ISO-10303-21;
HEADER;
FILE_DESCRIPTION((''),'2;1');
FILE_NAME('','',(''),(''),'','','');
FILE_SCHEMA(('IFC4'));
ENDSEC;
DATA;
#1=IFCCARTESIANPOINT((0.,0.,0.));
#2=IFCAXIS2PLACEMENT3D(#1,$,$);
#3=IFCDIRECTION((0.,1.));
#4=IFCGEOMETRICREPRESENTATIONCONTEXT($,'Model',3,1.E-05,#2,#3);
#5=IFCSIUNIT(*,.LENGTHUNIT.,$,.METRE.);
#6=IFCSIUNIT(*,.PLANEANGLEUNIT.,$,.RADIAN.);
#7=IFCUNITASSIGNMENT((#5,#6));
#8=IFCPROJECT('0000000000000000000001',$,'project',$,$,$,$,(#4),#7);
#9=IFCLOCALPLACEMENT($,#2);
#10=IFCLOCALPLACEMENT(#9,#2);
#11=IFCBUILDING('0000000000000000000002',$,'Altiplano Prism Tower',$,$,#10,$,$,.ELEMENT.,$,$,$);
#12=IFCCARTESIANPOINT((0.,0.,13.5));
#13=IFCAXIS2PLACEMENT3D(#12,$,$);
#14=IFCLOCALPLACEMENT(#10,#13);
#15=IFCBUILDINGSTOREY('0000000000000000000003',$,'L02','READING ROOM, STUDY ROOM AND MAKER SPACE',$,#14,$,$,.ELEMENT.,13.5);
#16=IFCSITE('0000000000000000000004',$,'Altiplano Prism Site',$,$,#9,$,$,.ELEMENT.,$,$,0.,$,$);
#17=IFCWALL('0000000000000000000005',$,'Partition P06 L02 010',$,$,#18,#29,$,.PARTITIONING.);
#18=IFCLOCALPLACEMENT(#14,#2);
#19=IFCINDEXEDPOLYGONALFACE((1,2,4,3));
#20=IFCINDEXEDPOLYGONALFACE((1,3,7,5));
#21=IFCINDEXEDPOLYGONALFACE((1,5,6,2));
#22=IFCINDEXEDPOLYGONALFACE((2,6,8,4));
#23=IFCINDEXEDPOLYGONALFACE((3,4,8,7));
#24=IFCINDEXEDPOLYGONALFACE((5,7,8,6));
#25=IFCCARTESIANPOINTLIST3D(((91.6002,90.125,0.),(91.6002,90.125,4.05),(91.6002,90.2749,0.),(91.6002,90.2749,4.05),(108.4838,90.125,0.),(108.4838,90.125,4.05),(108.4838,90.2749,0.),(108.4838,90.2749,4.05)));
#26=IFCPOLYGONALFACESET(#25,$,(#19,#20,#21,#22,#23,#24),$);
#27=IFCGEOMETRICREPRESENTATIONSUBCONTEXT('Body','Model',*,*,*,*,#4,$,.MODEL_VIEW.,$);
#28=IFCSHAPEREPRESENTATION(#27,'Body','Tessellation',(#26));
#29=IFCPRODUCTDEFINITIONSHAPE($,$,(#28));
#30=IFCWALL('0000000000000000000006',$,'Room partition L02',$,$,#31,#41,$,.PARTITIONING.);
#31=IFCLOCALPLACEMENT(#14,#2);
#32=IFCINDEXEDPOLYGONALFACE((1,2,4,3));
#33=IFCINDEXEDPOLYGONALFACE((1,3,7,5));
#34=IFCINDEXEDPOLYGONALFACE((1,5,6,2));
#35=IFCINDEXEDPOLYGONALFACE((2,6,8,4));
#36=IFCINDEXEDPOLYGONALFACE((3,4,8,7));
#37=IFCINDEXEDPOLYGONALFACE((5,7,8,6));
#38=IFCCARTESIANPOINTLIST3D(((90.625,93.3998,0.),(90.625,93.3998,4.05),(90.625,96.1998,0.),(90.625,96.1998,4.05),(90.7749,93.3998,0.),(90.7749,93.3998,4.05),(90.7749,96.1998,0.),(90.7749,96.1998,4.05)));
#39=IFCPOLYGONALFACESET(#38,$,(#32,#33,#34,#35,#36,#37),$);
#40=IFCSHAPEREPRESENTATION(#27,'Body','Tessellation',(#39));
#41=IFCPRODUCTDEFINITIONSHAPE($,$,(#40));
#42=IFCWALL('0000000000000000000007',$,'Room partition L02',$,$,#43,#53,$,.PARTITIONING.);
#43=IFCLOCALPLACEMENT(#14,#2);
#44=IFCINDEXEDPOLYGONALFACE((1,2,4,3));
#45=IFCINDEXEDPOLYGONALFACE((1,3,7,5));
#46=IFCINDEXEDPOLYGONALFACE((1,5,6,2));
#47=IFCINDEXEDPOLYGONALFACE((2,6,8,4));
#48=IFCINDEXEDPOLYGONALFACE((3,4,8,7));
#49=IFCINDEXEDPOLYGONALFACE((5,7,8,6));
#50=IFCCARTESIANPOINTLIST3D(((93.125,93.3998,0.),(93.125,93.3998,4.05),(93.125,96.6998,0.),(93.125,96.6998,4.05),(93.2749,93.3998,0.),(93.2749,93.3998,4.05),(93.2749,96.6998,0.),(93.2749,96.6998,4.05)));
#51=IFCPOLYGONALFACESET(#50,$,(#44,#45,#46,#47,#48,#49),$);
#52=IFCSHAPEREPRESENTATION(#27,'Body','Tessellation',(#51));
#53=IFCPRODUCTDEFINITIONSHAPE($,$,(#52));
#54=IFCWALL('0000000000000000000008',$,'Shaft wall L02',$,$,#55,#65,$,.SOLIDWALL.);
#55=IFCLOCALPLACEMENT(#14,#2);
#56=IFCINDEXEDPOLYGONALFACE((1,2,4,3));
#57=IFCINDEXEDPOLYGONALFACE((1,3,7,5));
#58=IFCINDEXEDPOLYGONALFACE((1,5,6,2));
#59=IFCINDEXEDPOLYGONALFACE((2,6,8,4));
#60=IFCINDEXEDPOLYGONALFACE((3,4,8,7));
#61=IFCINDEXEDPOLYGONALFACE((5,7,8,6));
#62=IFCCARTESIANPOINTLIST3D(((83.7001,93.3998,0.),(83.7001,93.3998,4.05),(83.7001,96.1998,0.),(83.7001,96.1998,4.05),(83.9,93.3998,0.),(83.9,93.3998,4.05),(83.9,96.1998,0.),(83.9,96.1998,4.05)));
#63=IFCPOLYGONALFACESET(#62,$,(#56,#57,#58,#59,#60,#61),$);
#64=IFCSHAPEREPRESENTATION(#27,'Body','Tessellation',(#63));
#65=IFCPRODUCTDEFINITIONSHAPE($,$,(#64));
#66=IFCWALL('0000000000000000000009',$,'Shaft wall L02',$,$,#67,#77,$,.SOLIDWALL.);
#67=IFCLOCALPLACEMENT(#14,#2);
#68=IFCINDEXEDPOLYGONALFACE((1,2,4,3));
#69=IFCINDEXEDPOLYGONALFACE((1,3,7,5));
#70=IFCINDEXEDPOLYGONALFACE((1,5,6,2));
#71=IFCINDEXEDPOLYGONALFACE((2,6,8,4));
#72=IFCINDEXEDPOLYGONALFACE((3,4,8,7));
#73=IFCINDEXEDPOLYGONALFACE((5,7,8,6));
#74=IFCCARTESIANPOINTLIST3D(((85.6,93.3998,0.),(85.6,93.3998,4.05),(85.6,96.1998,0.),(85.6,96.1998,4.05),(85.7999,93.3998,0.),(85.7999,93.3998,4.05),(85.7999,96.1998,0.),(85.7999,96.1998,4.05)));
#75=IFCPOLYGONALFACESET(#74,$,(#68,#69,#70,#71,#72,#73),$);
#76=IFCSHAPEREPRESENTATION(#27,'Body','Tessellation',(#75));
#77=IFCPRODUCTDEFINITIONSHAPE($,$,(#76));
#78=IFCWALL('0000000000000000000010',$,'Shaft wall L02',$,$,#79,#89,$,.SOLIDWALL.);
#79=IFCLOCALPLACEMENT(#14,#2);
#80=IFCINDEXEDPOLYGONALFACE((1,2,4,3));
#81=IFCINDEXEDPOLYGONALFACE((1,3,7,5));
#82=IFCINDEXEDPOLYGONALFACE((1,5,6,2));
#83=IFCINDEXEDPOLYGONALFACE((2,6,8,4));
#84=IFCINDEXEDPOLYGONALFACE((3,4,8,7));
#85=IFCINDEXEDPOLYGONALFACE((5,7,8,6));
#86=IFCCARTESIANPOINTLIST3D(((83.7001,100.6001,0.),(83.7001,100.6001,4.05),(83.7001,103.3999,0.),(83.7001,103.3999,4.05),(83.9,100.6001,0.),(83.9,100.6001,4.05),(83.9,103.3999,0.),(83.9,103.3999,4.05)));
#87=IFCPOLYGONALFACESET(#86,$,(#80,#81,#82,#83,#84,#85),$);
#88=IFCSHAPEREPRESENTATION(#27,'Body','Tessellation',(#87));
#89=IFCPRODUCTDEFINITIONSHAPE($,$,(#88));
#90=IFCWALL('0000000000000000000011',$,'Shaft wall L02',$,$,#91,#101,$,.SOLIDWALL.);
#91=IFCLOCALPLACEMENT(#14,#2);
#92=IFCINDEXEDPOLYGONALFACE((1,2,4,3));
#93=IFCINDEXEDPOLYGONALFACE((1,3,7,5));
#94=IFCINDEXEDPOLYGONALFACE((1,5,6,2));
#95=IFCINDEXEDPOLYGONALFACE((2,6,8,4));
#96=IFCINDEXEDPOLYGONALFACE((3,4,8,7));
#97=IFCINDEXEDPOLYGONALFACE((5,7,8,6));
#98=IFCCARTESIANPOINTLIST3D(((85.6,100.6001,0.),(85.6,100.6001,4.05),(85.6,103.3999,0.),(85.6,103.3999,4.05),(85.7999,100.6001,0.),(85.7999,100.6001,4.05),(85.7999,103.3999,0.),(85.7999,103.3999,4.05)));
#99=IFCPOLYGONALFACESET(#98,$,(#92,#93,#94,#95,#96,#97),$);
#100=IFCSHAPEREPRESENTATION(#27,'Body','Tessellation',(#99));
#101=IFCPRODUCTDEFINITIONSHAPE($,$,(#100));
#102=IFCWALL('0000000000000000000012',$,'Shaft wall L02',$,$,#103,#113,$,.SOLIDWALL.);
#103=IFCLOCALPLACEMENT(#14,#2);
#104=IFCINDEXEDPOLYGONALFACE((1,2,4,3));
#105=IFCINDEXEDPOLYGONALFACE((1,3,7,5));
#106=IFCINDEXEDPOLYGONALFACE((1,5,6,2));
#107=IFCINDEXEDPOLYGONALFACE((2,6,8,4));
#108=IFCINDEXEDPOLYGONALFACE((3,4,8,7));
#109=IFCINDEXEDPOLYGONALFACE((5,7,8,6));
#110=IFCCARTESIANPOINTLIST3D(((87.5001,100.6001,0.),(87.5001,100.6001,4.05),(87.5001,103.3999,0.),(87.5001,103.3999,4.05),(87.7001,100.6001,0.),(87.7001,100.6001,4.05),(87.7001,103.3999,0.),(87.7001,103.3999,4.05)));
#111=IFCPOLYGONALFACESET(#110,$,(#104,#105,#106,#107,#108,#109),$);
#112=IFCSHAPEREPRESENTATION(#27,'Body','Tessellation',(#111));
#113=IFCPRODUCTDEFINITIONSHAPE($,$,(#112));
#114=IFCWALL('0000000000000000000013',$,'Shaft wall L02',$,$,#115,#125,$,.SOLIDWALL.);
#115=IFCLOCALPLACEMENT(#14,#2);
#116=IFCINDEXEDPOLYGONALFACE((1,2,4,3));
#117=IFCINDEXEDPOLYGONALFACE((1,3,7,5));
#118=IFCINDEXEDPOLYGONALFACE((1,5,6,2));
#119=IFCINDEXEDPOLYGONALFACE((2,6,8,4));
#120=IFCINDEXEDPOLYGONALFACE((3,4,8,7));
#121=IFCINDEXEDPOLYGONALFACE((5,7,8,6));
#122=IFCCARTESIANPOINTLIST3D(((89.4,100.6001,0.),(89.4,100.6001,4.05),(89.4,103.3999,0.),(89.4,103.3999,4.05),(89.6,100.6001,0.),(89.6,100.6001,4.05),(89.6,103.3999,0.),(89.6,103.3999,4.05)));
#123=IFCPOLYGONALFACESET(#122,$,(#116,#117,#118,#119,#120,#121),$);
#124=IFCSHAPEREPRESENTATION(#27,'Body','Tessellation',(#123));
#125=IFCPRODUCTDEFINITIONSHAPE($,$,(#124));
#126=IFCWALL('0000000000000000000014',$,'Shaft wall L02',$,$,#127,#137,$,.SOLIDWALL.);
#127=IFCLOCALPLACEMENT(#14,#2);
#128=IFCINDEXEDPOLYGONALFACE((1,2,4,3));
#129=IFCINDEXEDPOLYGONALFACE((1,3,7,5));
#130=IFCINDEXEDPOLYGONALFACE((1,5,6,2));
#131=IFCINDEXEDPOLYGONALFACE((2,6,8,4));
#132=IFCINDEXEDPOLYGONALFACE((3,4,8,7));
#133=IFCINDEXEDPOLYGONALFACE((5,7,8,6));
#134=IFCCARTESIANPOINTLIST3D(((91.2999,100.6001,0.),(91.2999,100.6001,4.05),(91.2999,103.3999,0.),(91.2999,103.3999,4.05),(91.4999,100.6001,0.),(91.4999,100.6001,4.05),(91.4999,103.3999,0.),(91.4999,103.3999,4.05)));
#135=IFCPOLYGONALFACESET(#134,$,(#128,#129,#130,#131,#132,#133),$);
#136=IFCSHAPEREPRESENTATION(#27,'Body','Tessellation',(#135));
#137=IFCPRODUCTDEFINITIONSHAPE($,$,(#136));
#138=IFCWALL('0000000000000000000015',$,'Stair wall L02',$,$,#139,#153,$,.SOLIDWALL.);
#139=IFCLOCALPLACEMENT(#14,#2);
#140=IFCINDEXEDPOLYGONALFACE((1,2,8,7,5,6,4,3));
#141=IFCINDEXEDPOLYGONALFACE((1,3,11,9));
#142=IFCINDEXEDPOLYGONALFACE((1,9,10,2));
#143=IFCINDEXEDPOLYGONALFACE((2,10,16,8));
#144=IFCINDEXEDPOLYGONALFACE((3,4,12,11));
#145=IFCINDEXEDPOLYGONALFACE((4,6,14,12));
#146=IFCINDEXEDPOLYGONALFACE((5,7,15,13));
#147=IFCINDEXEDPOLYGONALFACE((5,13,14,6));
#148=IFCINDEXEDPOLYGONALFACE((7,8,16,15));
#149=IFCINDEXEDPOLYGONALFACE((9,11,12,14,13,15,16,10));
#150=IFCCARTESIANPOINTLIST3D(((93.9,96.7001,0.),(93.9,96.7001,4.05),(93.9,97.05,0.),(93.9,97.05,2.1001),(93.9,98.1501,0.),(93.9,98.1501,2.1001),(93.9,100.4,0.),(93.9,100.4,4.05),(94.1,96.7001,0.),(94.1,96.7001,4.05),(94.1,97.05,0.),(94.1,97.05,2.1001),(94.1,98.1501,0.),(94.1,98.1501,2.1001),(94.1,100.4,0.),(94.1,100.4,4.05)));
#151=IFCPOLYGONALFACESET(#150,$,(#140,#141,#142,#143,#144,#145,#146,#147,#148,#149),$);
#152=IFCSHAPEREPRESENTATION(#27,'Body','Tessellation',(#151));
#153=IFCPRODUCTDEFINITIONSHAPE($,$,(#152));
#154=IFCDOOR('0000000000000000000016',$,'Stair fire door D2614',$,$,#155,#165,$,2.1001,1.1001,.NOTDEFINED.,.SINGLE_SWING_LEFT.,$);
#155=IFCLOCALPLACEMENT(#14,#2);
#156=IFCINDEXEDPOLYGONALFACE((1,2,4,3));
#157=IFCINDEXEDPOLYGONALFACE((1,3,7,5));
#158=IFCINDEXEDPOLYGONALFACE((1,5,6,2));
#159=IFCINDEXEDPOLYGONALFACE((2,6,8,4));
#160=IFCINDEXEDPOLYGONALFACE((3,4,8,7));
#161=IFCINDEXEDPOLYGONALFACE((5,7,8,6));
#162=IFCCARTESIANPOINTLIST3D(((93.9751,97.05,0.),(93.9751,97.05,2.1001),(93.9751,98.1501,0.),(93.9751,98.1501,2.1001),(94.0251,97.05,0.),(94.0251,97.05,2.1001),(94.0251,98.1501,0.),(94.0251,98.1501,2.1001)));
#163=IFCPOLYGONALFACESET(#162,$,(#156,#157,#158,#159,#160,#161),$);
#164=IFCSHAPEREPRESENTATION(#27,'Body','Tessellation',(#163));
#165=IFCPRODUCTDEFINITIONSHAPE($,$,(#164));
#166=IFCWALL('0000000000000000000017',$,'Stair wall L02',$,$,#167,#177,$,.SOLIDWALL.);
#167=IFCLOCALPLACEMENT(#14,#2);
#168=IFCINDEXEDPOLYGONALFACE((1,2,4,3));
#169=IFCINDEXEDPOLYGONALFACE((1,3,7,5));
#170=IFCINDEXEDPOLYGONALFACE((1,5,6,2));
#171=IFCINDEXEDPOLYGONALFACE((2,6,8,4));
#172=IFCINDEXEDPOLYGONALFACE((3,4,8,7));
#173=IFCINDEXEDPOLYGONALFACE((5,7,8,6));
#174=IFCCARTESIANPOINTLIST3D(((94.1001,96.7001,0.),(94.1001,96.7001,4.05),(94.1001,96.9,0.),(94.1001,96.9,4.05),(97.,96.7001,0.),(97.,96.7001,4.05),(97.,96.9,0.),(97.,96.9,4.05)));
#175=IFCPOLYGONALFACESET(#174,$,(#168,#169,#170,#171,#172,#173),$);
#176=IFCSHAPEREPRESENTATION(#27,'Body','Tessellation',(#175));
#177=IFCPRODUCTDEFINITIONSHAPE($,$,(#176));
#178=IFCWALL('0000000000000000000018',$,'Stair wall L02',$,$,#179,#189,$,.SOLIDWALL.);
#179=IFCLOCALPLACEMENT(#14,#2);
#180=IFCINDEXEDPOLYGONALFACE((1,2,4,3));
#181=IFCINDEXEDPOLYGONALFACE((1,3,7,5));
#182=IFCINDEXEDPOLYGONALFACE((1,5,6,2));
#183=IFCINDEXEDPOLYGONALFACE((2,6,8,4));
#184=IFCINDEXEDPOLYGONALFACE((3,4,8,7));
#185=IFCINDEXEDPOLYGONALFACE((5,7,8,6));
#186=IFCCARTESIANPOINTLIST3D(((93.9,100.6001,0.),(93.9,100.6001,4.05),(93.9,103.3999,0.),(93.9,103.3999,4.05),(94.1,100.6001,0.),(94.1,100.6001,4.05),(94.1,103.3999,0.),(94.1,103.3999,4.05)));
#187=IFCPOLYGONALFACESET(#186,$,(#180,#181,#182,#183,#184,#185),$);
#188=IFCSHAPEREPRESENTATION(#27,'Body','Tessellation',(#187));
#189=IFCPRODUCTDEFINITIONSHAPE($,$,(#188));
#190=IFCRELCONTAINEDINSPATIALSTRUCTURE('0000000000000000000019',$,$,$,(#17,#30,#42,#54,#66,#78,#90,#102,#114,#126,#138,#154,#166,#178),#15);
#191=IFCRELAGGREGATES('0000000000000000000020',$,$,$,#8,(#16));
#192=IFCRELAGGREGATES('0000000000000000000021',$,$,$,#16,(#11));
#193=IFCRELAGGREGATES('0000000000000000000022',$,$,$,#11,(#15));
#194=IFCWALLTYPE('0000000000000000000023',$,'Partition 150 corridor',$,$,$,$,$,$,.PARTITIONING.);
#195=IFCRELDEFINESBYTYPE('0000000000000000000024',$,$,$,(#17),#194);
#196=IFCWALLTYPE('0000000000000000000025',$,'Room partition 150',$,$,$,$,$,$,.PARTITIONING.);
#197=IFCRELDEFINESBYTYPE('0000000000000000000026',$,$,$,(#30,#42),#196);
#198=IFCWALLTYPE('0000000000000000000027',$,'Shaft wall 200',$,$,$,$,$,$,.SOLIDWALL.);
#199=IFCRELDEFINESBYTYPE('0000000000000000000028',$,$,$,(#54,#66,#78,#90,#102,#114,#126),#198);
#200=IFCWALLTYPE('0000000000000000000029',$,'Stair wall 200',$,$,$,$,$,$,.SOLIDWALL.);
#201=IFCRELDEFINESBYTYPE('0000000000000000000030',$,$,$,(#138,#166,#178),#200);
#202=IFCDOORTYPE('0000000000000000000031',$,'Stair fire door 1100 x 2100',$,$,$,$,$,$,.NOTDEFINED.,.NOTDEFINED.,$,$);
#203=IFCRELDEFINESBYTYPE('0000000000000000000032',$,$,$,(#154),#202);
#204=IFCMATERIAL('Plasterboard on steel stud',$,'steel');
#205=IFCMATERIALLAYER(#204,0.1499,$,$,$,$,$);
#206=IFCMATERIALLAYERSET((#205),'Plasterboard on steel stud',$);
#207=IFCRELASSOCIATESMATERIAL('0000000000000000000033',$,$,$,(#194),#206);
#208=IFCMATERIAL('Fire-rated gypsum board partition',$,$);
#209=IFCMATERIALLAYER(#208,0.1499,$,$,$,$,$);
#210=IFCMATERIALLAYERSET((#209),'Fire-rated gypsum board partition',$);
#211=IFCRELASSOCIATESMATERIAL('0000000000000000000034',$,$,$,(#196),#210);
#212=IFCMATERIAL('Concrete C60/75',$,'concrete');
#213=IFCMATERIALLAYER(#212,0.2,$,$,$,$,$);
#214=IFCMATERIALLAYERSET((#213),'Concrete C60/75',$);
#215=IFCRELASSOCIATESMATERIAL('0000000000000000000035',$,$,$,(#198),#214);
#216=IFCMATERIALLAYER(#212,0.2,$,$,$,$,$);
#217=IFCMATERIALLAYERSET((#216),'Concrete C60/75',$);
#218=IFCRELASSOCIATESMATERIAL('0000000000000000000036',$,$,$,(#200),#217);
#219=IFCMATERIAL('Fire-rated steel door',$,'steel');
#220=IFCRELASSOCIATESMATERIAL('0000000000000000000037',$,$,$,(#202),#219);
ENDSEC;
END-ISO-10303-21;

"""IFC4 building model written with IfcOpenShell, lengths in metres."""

from ifc_helpers import new_model, si_unit, direction, frame, frame_2d, origin, place, context, subcontext, project, spatial, rectangle, extrude, material, layer, layer_set, type_object, element, fill, save


model = new_model("IFC4")

# Units and contexts
model_context = context("Model", 3, precision=1e-05, world=origin(), true_north=direction((0.0, 1.0)))
body_context = subcontext(model_context, "Body", "Model", "MODEL_VIEW")
ifc_project = project(units=[si_unit("LENGTHUNIT", "METRE"), si_unit("PLANEANGLEUNIT", "RADIAN")], contexts=[model_context])

# Site, building, storey
site_placement = place(None, origin())
site = spatial("IfcSite", under=ifc_project, at=site_placement, Name="Altiplano Prism Site", CompositionType="ELEMENT", RefElevation=0.0)
building_placement = place(site_placement, origin())
building = spatial("IfcBuilding", under=site, at=building_placement, Name="Altiplano Prism Tower", CompositionType="ELEMENT")
storey_placement = place(building_placement, frame((0.0, 0.0, 13.5)))
storey = spatial("IfcBuildingStorey", under=building, at=storey_placement, Name="L02", Description="READING ROOM, STUDY ROOM AND MAKER SPACE", CompositionType="ELEMENT", Elevation=13.5)

# Walls
ifc_material_1 = material(Name="Plasterboard on steel stud", Category="steel")
ifc_layer_1 = layer(ifc_material_1, 0.1499)
ifc_layer_set_1 = layer_set([ifc_layer_1], Name="Plasterboard on steel stud")
wall_type_1 = type_object("IfcWallType", Name="Partition 150 corridor", PredefinedType="PARTITIONING", material=ifc_layer_set_1)
wall_1_placement = place(storey_placement, frame((91.6001, 90.2, 0.0), z_axis=(0.0, 0.0, 1.0), x_axis=(1.0, 0.0, 0.0)))
element("IfcWall", 1, at=wall_1_placement, inside=storey, type_object=wall_type_1, Name="Partition P06 L02 010", PredefinedType="PARTITIONING", context=body_context, shape_type="SweptSolid", body=[
    extrude(rectangle(XDim=16.8835, YDim=0.1499, at=frame_2d((8.4419, 0.0))), origin(), (0.0, 0.0, 1.0), 4.05),
])
ifc_material_2 = material(Name="Fire-rated gypsum board partition")
ifc_layer_2 = layer(ifc_material_2, 0.1499)
ifc_layer_set_2 = layer_set([ifc_layer_2], Name="Fire-rated gypsum board partition")
wall_type_2 = type_object("IfcWallType", Name="Room partition 150", PredefinedType="PARTITIONING", material=ifc_layer_set_2)
wall_2_placement = place(storey_placement, frame((90.7, 93.3999, 0.0), z_axis=(0.0, 0.0, 1.0), x_axis=(0.0, 1.0, 0.0)))
element("IfcWall", 2, at=wall_2_placement, inside=storey, type_object=wall_type_2, Name="Room partition L02", PredefinedType="PARTITIONING", context=body_context, shape_type="SweptSolid", body=[
    extrude(rectangle(XDim=2.8, YDim=0.1499, at=frame_2d((1.3999, 0.0))), origin(), (0.0, 0.0, 1.0), 4.05),
])
wall_3_placement = place(storey_placement, frame((93.2, 93.3999, 0.0), z_axis=(0.0, 0.0, 1.0), x_axis=(0.0, 1.0, 0.0)))
element("IfcWall", 3, at=wall_3_placement, inside=storey, type_object=wall_type_2, Name="Room partition L02", PredefinedType="PARTITIONING", context=body_context, shape_type="SweptSolid", body=[
    extrude(rectangle(XDim=3.3, YDim=0.1499, at=frame_2d((1.6499, 0.0))), origin(), (0.0, 0.0, 1.0), 4.05),
])
ifc_material_3 = material(Name="Concrete C60/75", Category="concrete")
ifc_layer_3 = layer(ifc_material_3, 0.2)
ifc_layer_set_3 = layer_set([ifc_layer_3], Name="Concrete C60/75")
wall_type_3 = type_object("IfcWallType", Name="Shaft wall 200", PredefinedType="SOLIDWALL", material=ifc_layer_set_3)
for number, where, z_axis, x_axis, name in (
    (4, (83.8, 93.3999, 0.0), (0.0, 0.0, 1.0), (0.0, 1.0, 0.0), "Shaft wall L02"),
    (5, (85.7, 93.3999, 0.0), (0.0, 0.0, 1.0), (0.0, 1.0, 0.0), "Shaft wall L02"),
):
    element("IfcWall", number, at=place(storey_placement, frame(where, z_axis=z_axis, x_axis=x_axis)), inside=storey, type_object=wall_type_3, Name=name, PredefinedType="SOLIDWALL", context=body_context, shape_type="SweptSolid", body=[
        extrude(rectangle(XDim=2.8, YDim=0.2, at=frame_2d((1.3999, 0.0))), origin(), (0.0, 0.0, 1.0), 4.05),
    ])
for number, where, z_axis, x_axis, name in (
    (6, (83.8, 100.6001, 0.0), (0.0, 0.0, 1.0), (0.0, 1.0, 0.0), "Shaft wall L02"),
    (7, (85.7, 100.6001, 0.0), (0.0, 0.0, 1.0), (0.0, 1.0, 0.0), "Shaft wall L02"),
    (8, (87.6001, 100.6001, 0.0), (0.0, 0.0, 1.0), (0.0, 1.0, 0.0), "Shaft wall L02"),
    (9, (89.5, 100.6001, 0.0), (0.0, 0.0, 1.0), (0.0, 1.0, 0.0), "Shaft wall L02"),
    (10, (91.3999, 100.6001, 0.0), (0.0, 0.0, 1.0), (0.0, 1.0, 0.0), "Shaft wall L02"),
):
    element("IfcWall", number, at=place(storey_placement, frame(where, z_axis=z_axis, x_axis=x_axis)), inside=storey, type_object=wall_type_3, Name=name, PredefinedType="SOLIDWALL", context=body_context, shape_type="SweptSolid", body=[
        extrude(rectangle(XDim=2.7998, YDim=0.2, at=frame_2d((1.3999, 0.0))), origin(), (0.0, 0.0, 1.0), 4.05),
    ])

# Wall, opening, door
ifc_layer_4 = layer(ifc_material_3, 0.2)
ifc_layer_set_4 = layer_set([ifc_layer_4], Name="Concrete C60/75")
wall_type_4 = type_object("IfcWallType", Name="Stair wall 200", PredefinedType="SOLIDWALL", material=ifc_layer_set_4)
wall_4_placement = place(storey_placement, frame((94.0, 96.7, 0.0), z_axis=(0.0, 0.0, 1.0), x_axis=(0.0, 1.0, 0.0)))
wall_4 = element("IfcWall", 11, at=wall_4_placement, inside=storey, type_object=wall_type_4, Name="Stair wall L02", PredefinedType="SOLIDWALL", context=body_context, shape_type="SweptSolid", body=[
    extrude(rectangle(XDim=3.7, YDim=0.2, at=frame_2d((1.8501, 0.0))), origin(), (0.0, 0.0, 1.0), 4.05),
])
opening_1_placement = place(wall_4_placement, frame((0.3501, 0.0, 0.0)))
opening_1 = element("IfcOpeningElement", 12, at=opening_1_placement, cuts=wall_4, PredefinedType="OPENING", context=body_context, shape_type="SweptSolid", body=[
    extrude(rectangle(XDim=1.1001, YDim=2.1001, at=frame_2d((0.55, 1.05))), frame((0.0, 0.1104, 0.0), z_axis=(0.0, -1.0, 0.0), x_axis=(1.0, 0.0, 0.0)), (0.0, 0.0, 1.0), 0.2209),
])
ifc_material_4 = material(Name="Fire-rated steel door", Category="steel")
door_type_1 = type_object("IfcDoorType", Name="Stair fire door 1100 x 2100", OperationType="NOTDEFINED", PredefinedType="NOTDEFINED", material=ifc_material_4)
door_1_placement = place(opening_1_placement, origin())
door_1 = element("IfcDoor", 13, at=door_1_placement, inside=storey, type_object=door_type_1, Name="Stair fire door D2614", OperationType="SINGLE_SWING_LEFT", OverallHeight=2.1001, OverallWidth=1.1001, PredefinedType="NOTDEFINED", context=body_context, shape_type="SweptSolid", body=[
    extrude(rectangle(XDim=1.1001, YDim=2.1001, at=frame_2d((0.55, 1.05))), frame((0.0, 0.0249, 0.0), z_axis=(0.0, -1.0, 0.0), x_axis=(1.0, 0.0, 0.0)), (0.0, 0.0, 1.0), 0.05),
])
fill(opening_1, door_1)

# Walls
wall_5_placement = place(storey_placement, frame((94.1001, 96.8, 0.0), z_axis=(0.0, 0.0, 1.0), x_axis=(1.0, 0.0, 0.0)))
element("IfcWall", 14, at=wall_5_placement, inside=storey, type_object=wall_type_4, Name="Stair wall L02", PredefinedType="SOLIDWALL", context=body_context, shape_type="SweptSolid", body=[
    extrude(rectangle(XDim=2.8999, YDim=0.2, at=frame_2d((1.45, 0.0))), origin(), (0.0, 0.0, 1.0), 4.05),
])
wall_6_placement = place(storey_placement, frame((94.0, 100.6001, 0.0), z_axis=(0.0, 0.0, 1.0), x_axis=(0.0, 1.0, 0.0)))
element("IfcWall", 15, at=wall_6_placement, inside=storey, type_object=wall_type_4, Name="Stair wall L02", PredefinedType="SOLIDWALL", context=body_context, shape_type="SweptSolid", body=[
    extrude(rectangle(XDim=2.7998, YDim=0.2, at=frame_2d((1.3999, 0.0))), origin(), (0.0, 0.0, 1.0), 4.05),
])

save(model, "model.ifc")
